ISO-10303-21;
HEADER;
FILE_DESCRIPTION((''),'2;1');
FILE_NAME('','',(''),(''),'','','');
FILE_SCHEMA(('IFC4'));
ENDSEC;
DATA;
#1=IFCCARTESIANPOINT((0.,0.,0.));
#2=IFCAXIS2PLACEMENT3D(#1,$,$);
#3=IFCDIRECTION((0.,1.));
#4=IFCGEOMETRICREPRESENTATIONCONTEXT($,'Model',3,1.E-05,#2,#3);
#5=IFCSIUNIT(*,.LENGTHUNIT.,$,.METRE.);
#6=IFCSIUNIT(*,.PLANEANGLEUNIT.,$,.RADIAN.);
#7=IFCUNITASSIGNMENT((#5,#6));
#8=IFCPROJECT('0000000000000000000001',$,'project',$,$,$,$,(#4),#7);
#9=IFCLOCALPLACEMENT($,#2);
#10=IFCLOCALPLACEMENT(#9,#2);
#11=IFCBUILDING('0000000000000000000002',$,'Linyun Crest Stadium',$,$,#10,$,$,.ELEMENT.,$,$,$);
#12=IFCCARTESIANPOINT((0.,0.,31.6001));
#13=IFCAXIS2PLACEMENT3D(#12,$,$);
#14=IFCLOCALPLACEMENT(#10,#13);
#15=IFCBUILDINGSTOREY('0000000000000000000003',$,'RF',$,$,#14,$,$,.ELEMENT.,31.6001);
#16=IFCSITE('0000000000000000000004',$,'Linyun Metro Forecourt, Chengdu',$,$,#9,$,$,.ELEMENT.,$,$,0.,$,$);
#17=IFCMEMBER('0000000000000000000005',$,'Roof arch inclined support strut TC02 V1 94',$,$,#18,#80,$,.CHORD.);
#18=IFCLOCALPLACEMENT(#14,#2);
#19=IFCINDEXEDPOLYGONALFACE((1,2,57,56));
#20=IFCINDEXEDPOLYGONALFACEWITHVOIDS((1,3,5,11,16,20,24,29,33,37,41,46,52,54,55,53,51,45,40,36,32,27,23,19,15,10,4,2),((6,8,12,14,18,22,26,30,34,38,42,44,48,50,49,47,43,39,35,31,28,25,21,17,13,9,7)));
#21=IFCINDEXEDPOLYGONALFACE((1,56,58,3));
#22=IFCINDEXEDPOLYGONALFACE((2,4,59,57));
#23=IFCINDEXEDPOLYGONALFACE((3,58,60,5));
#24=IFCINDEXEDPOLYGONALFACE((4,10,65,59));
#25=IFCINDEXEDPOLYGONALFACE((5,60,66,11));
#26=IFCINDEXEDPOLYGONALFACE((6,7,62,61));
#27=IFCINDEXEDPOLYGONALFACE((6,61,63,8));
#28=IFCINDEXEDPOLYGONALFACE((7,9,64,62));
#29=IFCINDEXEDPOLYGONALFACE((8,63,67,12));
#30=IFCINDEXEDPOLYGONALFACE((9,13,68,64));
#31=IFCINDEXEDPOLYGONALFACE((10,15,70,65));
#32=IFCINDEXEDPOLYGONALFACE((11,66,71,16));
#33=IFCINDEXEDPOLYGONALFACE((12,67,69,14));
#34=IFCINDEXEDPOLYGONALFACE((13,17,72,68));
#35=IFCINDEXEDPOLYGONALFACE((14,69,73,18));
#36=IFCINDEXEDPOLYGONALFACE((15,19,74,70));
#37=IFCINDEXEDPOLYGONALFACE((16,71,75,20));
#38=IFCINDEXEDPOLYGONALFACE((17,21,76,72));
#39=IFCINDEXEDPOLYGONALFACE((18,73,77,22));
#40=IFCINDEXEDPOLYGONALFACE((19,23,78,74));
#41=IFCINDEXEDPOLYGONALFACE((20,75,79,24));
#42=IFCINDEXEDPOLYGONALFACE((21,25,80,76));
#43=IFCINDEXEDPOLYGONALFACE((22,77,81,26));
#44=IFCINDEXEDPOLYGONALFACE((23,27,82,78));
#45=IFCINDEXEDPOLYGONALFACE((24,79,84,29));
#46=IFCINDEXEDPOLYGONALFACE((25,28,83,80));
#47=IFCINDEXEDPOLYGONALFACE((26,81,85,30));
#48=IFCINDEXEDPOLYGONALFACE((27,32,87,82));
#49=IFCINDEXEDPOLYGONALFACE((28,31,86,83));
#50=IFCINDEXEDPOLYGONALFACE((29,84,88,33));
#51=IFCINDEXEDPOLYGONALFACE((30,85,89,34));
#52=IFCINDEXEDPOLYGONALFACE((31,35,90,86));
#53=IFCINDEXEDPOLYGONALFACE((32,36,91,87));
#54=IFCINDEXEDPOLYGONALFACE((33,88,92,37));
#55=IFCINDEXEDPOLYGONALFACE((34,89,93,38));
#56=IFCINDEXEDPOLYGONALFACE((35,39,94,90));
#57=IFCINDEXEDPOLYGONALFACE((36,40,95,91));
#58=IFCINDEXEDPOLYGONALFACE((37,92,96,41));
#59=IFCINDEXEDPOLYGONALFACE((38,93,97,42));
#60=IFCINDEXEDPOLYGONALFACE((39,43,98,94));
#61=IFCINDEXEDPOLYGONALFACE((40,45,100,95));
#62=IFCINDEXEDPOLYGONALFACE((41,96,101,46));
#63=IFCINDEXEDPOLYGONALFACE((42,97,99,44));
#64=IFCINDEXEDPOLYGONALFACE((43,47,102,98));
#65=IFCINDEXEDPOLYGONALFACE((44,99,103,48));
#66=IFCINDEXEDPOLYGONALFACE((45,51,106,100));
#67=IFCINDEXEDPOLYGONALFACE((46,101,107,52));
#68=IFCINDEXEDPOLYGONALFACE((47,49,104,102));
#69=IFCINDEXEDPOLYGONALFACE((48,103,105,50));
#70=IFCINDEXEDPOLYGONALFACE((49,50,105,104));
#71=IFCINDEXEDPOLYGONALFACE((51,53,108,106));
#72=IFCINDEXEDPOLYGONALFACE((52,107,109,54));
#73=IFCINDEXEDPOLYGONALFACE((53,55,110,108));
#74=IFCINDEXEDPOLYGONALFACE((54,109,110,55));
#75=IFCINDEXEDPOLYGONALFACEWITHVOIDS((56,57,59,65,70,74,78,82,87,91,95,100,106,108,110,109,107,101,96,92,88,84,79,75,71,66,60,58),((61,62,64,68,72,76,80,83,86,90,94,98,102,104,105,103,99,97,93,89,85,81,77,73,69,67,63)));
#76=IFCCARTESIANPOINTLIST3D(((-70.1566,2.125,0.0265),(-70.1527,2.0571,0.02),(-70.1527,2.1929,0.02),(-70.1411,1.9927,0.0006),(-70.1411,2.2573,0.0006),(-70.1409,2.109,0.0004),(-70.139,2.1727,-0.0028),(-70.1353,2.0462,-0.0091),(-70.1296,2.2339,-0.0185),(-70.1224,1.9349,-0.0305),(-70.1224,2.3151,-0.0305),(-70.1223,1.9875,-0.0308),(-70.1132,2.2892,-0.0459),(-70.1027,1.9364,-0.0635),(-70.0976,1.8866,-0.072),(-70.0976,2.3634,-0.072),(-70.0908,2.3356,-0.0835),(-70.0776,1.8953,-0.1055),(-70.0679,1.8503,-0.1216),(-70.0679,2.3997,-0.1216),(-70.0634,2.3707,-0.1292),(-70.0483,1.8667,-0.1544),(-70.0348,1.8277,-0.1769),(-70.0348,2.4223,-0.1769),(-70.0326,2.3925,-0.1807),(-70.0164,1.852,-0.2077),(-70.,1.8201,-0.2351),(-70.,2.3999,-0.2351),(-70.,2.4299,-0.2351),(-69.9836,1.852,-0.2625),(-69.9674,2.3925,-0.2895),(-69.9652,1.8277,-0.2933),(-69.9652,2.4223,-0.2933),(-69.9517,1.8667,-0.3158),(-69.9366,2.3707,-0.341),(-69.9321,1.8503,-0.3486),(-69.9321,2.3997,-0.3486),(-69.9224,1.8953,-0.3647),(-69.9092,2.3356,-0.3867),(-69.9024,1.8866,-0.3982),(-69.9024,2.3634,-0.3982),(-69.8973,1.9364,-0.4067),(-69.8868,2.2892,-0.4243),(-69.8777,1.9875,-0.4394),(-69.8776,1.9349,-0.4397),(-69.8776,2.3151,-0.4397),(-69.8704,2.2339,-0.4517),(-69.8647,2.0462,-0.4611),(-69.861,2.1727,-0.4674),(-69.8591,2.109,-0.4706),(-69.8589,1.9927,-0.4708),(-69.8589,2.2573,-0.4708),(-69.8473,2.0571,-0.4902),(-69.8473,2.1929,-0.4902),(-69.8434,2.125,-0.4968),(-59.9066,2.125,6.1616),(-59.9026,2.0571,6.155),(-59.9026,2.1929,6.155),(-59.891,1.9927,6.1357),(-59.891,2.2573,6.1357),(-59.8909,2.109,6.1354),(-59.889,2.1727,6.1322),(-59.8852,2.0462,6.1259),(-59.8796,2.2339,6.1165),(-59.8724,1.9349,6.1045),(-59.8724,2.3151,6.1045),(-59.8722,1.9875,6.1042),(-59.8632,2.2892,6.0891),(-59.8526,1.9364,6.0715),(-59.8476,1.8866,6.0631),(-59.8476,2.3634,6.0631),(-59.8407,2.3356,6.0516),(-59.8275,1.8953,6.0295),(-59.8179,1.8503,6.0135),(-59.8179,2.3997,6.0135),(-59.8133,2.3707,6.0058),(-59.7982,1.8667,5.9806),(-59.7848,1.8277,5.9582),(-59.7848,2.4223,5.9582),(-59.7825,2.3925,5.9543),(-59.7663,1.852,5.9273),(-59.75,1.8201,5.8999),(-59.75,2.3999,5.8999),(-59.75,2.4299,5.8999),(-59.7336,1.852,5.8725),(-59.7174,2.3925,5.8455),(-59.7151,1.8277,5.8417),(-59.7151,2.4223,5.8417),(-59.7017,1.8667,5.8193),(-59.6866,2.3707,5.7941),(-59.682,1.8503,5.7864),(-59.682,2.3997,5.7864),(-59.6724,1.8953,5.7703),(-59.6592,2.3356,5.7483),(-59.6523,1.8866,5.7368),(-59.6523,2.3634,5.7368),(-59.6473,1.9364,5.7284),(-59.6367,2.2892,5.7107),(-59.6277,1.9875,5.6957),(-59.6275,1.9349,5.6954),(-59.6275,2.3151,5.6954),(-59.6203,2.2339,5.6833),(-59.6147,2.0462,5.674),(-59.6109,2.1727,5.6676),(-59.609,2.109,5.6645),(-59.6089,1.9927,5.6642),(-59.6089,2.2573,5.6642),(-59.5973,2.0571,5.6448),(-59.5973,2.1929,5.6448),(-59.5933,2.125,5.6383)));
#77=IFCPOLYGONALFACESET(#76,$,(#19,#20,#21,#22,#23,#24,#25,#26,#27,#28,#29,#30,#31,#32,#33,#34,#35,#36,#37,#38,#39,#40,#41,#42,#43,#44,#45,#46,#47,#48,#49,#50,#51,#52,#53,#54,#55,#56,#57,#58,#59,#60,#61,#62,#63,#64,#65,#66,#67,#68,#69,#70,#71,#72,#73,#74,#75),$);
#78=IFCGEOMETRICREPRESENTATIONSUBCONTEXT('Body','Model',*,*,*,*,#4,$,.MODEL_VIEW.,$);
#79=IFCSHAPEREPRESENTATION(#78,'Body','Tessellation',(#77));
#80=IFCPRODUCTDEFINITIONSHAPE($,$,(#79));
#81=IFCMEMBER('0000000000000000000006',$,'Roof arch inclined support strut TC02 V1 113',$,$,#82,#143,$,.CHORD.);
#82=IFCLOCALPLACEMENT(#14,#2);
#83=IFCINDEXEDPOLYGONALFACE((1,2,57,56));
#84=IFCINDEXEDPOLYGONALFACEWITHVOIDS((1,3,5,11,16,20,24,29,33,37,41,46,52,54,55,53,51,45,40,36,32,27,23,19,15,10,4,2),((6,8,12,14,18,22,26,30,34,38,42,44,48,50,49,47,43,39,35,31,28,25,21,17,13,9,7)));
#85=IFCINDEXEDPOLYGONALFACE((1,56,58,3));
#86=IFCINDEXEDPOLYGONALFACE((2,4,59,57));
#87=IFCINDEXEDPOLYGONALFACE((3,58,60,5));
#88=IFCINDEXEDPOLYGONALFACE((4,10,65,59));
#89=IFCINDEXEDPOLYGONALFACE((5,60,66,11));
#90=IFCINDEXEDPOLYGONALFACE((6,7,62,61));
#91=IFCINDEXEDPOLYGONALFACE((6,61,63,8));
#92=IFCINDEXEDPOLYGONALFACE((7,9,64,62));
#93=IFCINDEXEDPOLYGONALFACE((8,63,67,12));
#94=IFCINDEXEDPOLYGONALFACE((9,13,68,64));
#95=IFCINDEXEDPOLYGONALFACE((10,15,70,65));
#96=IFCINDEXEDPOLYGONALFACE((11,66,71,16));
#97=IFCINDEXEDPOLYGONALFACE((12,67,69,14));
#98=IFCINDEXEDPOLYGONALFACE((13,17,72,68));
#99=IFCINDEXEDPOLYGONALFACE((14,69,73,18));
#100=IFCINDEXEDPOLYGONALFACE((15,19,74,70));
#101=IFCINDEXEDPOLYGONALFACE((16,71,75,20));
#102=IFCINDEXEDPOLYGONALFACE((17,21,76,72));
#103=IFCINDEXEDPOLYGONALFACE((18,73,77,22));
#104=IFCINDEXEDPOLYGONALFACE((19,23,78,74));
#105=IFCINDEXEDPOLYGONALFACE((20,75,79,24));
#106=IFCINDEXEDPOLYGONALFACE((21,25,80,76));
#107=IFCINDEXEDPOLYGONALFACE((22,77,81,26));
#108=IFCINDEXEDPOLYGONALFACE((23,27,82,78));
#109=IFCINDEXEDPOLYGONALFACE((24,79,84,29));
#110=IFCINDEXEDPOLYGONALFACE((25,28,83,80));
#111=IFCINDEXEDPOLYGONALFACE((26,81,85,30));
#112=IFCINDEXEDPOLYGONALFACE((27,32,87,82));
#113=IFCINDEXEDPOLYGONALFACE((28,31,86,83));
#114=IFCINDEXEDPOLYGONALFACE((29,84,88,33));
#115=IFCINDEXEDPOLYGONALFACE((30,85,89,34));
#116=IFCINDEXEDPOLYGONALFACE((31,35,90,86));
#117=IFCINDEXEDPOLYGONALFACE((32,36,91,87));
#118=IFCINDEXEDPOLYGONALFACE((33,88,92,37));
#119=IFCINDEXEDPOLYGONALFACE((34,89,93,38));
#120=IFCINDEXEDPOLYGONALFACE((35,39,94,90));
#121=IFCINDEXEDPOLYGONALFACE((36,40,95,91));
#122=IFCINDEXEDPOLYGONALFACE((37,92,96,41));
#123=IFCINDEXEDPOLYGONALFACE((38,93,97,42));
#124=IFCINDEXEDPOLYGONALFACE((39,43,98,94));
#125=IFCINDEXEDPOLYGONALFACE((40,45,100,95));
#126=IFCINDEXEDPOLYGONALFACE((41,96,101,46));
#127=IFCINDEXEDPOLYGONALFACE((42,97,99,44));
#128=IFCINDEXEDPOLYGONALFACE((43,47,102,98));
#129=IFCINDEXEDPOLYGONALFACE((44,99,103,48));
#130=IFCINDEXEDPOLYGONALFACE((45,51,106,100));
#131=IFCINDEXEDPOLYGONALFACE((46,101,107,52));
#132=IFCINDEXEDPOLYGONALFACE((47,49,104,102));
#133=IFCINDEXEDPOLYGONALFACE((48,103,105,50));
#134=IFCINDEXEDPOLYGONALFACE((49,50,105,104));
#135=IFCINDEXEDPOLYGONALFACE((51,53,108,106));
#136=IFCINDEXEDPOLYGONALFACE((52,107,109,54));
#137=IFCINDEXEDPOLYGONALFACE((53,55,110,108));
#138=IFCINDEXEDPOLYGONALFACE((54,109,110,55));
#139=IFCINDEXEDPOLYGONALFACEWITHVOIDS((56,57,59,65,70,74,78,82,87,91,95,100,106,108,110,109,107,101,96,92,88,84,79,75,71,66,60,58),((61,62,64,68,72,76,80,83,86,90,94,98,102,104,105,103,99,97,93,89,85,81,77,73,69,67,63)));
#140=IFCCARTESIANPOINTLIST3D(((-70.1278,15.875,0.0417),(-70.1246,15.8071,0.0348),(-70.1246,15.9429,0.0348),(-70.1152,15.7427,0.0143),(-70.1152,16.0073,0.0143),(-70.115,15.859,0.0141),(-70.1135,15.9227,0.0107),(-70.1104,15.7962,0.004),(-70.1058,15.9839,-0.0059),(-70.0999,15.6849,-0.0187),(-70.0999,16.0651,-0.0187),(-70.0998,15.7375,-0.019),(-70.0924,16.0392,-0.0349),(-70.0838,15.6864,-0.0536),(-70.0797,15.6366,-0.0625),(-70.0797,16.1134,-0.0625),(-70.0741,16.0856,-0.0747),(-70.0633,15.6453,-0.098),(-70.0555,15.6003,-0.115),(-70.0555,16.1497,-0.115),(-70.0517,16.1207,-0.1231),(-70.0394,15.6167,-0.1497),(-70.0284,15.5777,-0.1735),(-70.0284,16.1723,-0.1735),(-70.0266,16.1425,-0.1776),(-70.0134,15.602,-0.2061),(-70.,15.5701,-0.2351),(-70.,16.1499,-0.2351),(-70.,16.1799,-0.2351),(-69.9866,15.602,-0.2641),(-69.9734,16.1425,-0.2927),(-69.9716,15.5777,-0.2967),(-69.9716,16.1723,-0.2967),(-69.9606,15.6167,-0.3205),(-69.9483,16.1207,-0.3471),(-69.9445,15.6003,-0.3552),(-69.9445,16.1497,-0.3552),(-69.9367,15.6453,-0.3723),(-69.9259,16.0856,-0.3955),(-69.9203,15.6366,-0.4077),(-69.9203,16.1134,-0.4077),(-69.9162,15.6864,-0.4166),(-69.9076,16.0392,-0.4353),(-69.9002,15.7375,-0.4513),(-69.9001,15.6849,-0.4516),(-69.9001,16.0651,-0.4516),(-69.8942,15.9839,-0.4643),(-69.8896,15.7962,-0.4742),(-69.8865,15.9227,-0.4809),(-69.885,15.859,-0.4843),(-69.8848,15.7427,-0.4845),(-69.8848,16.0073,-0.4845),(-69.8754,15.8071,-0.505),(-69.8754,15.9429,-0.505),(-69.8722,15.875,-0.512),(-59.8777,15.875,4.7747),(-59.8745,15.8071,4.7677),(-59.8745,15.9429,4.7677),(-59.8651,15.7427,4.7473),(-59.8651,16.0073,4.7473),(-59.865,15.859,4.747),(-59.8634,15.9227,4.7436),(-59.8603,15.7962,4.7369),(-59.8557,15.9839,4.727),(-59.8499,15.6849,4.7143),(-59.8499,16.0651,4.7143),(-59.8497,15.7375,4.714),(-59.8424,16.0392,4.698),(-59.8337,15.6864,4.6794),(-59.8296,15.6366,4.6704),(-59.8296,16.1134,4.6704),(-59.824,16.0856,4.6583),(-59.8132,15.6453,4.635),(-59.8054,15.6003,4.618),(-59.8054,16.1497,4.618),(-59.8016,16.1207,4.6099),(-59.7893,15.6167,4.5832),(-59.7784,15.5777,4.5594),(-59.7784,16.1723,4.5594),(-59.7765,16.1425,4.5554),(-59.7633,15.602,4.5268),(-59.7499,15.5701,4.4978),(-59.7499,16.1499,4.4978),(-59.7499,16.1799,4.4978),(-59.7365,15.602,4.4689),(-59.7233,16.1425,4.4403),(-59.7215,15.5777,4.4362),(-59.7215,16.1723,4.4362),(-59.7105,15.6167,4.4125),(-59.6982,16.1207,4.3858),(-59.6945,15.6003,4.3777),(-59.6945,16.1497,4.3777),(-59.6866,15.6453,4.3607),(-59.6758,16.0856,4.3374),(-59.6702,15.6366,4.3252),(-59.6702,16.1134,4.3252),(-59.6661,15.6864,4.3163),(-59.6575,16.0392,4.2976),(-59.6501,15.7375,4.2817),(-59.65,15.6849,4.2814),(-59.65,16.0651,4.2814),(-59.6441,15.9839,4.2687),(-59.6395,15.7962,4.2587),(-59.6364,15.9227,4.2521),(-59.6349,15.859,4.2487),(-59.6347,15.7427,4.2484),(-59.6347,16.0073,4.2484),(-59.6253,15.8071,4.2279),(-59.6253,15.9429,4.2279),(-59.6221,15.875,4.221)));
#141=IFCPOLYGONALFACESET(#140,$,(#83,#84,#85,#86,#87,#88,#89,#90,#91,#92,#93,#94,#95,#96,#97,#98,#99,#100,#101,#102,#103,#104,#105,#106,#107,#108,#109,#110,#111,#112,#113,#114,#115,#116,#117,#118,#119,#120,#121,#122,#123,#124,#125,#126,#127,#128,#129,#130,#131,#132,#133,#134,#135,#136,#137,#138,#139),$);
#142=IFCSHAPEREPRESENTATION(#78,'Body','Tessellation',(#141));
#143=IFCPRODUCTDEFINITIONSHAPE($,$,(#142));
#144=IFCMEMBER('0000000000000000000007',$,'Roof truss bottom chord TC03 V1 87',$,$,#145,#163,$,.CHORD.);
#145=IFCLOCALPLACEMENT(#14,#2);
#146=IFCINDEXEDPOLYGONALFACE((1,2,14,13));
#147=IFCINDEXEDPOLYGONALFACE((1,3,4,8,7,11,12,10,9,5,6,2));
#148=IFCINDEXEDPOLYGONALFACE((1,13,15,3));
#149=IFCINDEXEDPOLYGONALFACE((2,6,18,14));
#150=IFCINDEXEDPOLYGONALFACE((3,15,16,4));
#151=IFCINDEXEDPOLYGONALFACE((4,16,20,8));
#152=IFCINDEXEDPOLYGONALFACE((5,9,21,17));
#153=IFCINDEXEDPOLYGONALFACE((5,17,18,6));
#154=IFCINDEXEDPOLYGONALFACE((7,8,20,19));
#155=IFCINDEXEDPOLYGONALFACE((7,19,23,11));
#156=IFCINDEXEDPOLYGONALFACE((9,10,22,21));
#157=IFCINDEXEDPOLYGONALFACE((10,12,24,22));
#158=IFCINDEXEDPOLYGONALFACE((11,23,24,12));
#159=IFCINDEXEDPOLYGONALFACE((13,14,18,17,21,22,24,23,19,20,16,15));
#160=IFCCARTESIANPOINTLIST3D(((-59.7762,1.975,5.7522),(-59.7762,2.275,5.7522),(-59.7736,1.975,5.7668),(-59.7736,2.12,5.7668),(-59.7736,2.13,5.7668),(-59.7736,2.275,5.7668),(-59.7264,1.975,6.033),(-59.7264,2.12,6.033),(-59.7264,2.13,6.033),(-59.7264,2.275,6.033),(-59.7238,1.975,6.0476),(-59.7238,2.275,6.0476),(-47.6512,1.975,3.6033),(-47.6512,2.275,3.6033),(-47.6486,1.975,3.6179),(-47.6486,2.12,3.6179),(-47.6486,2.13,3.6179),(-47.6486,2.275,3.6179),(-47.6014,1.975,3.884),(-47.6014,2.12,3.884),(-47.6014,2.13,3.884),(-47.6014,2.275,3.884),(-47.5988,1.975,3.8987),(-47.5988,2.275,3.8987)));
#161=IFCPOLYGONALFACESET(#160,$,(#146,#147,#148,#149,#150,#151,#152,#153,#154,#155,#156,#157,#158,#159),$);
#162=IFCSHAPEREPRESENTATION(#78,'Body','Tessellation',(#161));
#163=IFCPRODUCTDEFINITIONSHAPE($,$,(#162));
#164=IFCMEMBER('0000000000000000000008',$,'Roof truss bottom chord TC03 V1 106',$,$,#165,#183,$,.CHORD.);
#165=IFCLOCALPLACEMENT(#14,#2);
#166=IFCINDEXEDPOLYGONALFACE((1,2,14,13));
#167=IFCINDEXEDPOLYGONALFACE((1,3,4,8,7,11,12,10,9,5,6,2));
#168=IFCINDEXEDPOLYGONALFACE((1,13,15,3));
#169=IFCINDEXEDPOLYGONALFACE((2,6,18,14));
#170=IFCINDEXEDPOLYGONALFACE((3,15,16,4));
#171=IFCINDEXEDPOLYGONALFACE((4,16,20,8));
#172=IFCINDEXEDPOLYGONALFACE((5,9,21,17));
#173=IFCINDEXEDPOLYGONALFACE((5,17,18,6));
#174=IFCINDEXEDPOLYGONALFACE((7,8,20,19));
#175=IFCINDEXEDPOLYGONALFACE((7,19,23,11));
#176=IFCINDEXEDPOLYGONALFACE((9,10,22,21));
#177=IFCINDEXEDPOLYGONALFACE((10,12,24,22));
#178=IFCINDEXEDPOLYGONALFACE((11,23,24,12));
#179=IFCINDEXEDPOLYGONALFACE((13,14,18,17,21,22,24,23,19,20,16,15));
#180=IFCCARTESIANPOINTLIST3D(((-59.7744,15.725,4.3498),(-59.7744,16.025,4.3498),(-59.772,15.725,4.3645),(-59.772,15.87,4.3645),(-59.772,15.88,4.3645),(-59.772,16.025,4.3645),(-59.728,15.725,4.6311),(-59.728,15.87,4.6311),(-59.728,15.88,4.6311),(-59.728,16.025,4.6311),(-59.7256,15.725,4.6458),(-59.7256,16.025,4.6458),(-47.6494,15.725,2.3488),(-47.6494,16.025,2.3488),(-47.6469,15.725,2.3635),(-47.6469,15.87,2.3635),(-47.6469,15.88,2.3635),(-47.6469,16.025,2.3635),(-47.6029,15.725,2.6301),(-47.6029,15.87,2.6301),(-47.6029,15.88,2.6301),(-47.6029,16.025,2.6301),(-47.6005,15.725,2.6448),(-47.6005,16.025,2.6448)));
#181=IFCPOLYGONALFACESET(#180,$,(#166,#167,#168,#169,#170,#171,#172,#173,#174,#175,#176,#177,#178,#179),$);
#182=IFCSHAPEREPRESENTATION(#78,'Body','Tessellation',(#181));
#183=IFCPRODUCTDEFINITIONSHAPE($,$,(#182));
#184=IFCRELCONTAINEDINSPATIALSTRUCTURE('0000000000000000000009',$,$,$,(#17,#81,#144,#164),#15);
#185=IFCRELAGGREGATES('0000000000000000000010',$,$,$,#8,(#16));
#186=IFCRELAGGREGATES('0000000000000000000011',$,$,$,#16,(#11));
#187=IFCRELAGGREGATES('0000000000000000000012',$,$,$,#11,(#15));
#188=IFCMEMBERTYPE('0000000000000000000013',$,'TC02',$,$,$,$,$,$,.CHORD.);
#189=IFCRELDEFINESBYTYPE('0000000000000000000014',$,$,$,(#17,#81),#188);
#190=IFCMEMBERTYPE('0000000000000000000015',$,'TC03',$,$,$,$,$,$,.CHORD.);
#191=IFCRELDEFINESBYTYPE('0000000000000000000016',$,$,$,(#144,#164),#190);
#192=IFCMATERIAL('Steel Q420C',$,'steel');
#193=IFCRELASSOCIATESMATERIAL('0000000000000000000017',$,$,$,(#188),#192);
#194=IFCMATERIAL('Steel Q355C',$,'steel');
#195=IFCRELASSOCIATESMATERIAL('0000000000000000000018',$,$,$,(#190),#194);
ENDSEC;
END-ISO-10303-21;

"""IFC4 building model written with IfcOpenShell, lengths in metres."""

from ifc_helpers import new_model, si_unit, direction, frame, origin, origin_2d, place, context, subcontext, project, spatial, hollow_circle, i_section, extrude, material, material_profile, profile_set, type_object, element, save


model = new_model("IFC4")

# Units and contexts
model_context = context("Model", 3, precision=1e-05, world=origin(), true_north=direction((0.0, 1.0)))
body_context = subcontext(model_context, "Body", "Model", "MODEL_VIEW")
ifc_project = project(units=[si_unit("LENGTHUNIT", "METRE"), si_unit("PLANEANGLEUNIT", "RADIAN")], contexts=[model_context])

# Site, building, storey
site_placement = place(None, origin())
site = spatial("IfcSite", under=ifc_project, at=site_placement, Name="Linyun Metro Forecourt, Chengdu", CompositionType="ELEMENT", RefElevation=0.0)
building_placement = place(site_placement, origin())
building = spatial("IfcBuilding", under=site, at=building_placement, Name="Linyun Crest Stadium", CompositionType="ELEMENT")
storey_placement = place(building_placement, frame((0.0, 0.0, 31.6001)))
storey = spatial("IfcBuildingStorey", under=building, at=storey_placement, Name="RF", CompositionType="ELEMENT", Elevation=31.6001)

# Members
ifc_material_1 = material(Name="Steel Q420C", Category="steel")
ifc_material_profile_1 = material_profile(ifc_material_1, hollow_circle(Radius=0.3049, WallThickness=0.03, at=origin_2d()), Name="CHS 610x30")
ifc_profile_set_1 = profile_set([ifc_material_profile_1], Name="Steel Q420C")
member_type_1 = type_object("IfcMemberType", Name="TC02", PredefinedType="CHORD", material=ifc_profile_set_1)
member_1_placement = place(storey_placement, frame((-70.0, 2.125, -0.2351), z_axis=(0.858046, 0.0, 0.513573), x_axis=(0.0, 1.0, 0.0)))
element("IfcMember", 1, at=member_1_placement, inside=storey, type_object=member_type_1, Name="Roof arch inclined support strut TC02 V1 94", PredefinedType="CHORD", context=body_context, shape_type="SweptSolid", body=[
    extrude(hollow_circle(Radius=0.3049, WallThickness=0.03, at=origin_2d()), origin(), (0.0, 0.0, 1.0), 11.9458),
])
member_2_placement = place(storey_placement, frame((-70.0, 15.875, -0.2351), z_axis=(0.907887, 0.0, 0.419215), x_axis=(0.0, 1.0, 0.0)))
element("IfcMember", 2, at=member_2_placement, inside=storey, type_object=member_type_1, Name="Roof arch inclined support strut TC02 V1 113", PredefinedType="CHORD", context=body_context, shape_type="SweptSolid", body=[
    extrude(hollow_circle(Radius=0.3049, WallThickness=0.03, at=origin_2d()), origin(), (0.0, 0.0, 1.0), 11.29),
])
ifc_material_2 = material(Name="Steel Q355C", Category="steel")
ifc_material_profile_2 = material_profile(ifc_material_2, i_section(OverallWidth=0.3, OverallDepth=0.3, WebThickness=0.01, FlangeThickness=0.0149, at=origin_2d()), Name="HW 300x300")
ifc_profile_set_2 = profile_set([ifc_material_profile_2], Name="Steel Q355C")
member_type_2 = type_object("IfcMemberType", Name="TC03", PredefinedType="CHORD", material=ifc_profile_set_2)
member_3_placement = place(storey_placement, frame((-59.75, 2.125, 5.8999), z_axis=(0.984655, 0.0, -0.174511), x_axis=(0.0, 1.0, 0.0)))
element("IfcMember", 3, at=member_3_placement, inside=storey, type_object=member_type_2, Name="Roof truss bottom chord TC03 V1 87", PredefinedType="CHORD", context=body_context, shape_type="SweptSolid", body=[
    extrude(i_section(OverallWidth=0.3, OverallDepth=0.3, WebThickness=0.01, FlangeThickness=0.0149, at=origin_2d()), origin(), (0.0, 0.0, 1.0), 12.314),
])
member_4_placement = place(storey_placement, frame((-59.75, 15.875, 4.4978), z_axis=(0.986655, 0.0, -0.162827), x_axis=(0.0, 1.0, 0.0)))
element("IfcMember", 4, at=member_4_placement, inside=storey, type_object=member_type_2, Name="Roof truss bottom chord TC03 V1 106", PredefinedType="CHORD", context=body_context, shape_type="SweptSolid", body=[
    extrude(i_section(OverallWidth=0.3, OverallDepth=0.3, WebThickness=0.01, FlangeThickness=0.0149, at=origin_2d()), origin(), (0.0, 0.0, 1.0), 12.2891),
])

save(model, "model.ifc")
